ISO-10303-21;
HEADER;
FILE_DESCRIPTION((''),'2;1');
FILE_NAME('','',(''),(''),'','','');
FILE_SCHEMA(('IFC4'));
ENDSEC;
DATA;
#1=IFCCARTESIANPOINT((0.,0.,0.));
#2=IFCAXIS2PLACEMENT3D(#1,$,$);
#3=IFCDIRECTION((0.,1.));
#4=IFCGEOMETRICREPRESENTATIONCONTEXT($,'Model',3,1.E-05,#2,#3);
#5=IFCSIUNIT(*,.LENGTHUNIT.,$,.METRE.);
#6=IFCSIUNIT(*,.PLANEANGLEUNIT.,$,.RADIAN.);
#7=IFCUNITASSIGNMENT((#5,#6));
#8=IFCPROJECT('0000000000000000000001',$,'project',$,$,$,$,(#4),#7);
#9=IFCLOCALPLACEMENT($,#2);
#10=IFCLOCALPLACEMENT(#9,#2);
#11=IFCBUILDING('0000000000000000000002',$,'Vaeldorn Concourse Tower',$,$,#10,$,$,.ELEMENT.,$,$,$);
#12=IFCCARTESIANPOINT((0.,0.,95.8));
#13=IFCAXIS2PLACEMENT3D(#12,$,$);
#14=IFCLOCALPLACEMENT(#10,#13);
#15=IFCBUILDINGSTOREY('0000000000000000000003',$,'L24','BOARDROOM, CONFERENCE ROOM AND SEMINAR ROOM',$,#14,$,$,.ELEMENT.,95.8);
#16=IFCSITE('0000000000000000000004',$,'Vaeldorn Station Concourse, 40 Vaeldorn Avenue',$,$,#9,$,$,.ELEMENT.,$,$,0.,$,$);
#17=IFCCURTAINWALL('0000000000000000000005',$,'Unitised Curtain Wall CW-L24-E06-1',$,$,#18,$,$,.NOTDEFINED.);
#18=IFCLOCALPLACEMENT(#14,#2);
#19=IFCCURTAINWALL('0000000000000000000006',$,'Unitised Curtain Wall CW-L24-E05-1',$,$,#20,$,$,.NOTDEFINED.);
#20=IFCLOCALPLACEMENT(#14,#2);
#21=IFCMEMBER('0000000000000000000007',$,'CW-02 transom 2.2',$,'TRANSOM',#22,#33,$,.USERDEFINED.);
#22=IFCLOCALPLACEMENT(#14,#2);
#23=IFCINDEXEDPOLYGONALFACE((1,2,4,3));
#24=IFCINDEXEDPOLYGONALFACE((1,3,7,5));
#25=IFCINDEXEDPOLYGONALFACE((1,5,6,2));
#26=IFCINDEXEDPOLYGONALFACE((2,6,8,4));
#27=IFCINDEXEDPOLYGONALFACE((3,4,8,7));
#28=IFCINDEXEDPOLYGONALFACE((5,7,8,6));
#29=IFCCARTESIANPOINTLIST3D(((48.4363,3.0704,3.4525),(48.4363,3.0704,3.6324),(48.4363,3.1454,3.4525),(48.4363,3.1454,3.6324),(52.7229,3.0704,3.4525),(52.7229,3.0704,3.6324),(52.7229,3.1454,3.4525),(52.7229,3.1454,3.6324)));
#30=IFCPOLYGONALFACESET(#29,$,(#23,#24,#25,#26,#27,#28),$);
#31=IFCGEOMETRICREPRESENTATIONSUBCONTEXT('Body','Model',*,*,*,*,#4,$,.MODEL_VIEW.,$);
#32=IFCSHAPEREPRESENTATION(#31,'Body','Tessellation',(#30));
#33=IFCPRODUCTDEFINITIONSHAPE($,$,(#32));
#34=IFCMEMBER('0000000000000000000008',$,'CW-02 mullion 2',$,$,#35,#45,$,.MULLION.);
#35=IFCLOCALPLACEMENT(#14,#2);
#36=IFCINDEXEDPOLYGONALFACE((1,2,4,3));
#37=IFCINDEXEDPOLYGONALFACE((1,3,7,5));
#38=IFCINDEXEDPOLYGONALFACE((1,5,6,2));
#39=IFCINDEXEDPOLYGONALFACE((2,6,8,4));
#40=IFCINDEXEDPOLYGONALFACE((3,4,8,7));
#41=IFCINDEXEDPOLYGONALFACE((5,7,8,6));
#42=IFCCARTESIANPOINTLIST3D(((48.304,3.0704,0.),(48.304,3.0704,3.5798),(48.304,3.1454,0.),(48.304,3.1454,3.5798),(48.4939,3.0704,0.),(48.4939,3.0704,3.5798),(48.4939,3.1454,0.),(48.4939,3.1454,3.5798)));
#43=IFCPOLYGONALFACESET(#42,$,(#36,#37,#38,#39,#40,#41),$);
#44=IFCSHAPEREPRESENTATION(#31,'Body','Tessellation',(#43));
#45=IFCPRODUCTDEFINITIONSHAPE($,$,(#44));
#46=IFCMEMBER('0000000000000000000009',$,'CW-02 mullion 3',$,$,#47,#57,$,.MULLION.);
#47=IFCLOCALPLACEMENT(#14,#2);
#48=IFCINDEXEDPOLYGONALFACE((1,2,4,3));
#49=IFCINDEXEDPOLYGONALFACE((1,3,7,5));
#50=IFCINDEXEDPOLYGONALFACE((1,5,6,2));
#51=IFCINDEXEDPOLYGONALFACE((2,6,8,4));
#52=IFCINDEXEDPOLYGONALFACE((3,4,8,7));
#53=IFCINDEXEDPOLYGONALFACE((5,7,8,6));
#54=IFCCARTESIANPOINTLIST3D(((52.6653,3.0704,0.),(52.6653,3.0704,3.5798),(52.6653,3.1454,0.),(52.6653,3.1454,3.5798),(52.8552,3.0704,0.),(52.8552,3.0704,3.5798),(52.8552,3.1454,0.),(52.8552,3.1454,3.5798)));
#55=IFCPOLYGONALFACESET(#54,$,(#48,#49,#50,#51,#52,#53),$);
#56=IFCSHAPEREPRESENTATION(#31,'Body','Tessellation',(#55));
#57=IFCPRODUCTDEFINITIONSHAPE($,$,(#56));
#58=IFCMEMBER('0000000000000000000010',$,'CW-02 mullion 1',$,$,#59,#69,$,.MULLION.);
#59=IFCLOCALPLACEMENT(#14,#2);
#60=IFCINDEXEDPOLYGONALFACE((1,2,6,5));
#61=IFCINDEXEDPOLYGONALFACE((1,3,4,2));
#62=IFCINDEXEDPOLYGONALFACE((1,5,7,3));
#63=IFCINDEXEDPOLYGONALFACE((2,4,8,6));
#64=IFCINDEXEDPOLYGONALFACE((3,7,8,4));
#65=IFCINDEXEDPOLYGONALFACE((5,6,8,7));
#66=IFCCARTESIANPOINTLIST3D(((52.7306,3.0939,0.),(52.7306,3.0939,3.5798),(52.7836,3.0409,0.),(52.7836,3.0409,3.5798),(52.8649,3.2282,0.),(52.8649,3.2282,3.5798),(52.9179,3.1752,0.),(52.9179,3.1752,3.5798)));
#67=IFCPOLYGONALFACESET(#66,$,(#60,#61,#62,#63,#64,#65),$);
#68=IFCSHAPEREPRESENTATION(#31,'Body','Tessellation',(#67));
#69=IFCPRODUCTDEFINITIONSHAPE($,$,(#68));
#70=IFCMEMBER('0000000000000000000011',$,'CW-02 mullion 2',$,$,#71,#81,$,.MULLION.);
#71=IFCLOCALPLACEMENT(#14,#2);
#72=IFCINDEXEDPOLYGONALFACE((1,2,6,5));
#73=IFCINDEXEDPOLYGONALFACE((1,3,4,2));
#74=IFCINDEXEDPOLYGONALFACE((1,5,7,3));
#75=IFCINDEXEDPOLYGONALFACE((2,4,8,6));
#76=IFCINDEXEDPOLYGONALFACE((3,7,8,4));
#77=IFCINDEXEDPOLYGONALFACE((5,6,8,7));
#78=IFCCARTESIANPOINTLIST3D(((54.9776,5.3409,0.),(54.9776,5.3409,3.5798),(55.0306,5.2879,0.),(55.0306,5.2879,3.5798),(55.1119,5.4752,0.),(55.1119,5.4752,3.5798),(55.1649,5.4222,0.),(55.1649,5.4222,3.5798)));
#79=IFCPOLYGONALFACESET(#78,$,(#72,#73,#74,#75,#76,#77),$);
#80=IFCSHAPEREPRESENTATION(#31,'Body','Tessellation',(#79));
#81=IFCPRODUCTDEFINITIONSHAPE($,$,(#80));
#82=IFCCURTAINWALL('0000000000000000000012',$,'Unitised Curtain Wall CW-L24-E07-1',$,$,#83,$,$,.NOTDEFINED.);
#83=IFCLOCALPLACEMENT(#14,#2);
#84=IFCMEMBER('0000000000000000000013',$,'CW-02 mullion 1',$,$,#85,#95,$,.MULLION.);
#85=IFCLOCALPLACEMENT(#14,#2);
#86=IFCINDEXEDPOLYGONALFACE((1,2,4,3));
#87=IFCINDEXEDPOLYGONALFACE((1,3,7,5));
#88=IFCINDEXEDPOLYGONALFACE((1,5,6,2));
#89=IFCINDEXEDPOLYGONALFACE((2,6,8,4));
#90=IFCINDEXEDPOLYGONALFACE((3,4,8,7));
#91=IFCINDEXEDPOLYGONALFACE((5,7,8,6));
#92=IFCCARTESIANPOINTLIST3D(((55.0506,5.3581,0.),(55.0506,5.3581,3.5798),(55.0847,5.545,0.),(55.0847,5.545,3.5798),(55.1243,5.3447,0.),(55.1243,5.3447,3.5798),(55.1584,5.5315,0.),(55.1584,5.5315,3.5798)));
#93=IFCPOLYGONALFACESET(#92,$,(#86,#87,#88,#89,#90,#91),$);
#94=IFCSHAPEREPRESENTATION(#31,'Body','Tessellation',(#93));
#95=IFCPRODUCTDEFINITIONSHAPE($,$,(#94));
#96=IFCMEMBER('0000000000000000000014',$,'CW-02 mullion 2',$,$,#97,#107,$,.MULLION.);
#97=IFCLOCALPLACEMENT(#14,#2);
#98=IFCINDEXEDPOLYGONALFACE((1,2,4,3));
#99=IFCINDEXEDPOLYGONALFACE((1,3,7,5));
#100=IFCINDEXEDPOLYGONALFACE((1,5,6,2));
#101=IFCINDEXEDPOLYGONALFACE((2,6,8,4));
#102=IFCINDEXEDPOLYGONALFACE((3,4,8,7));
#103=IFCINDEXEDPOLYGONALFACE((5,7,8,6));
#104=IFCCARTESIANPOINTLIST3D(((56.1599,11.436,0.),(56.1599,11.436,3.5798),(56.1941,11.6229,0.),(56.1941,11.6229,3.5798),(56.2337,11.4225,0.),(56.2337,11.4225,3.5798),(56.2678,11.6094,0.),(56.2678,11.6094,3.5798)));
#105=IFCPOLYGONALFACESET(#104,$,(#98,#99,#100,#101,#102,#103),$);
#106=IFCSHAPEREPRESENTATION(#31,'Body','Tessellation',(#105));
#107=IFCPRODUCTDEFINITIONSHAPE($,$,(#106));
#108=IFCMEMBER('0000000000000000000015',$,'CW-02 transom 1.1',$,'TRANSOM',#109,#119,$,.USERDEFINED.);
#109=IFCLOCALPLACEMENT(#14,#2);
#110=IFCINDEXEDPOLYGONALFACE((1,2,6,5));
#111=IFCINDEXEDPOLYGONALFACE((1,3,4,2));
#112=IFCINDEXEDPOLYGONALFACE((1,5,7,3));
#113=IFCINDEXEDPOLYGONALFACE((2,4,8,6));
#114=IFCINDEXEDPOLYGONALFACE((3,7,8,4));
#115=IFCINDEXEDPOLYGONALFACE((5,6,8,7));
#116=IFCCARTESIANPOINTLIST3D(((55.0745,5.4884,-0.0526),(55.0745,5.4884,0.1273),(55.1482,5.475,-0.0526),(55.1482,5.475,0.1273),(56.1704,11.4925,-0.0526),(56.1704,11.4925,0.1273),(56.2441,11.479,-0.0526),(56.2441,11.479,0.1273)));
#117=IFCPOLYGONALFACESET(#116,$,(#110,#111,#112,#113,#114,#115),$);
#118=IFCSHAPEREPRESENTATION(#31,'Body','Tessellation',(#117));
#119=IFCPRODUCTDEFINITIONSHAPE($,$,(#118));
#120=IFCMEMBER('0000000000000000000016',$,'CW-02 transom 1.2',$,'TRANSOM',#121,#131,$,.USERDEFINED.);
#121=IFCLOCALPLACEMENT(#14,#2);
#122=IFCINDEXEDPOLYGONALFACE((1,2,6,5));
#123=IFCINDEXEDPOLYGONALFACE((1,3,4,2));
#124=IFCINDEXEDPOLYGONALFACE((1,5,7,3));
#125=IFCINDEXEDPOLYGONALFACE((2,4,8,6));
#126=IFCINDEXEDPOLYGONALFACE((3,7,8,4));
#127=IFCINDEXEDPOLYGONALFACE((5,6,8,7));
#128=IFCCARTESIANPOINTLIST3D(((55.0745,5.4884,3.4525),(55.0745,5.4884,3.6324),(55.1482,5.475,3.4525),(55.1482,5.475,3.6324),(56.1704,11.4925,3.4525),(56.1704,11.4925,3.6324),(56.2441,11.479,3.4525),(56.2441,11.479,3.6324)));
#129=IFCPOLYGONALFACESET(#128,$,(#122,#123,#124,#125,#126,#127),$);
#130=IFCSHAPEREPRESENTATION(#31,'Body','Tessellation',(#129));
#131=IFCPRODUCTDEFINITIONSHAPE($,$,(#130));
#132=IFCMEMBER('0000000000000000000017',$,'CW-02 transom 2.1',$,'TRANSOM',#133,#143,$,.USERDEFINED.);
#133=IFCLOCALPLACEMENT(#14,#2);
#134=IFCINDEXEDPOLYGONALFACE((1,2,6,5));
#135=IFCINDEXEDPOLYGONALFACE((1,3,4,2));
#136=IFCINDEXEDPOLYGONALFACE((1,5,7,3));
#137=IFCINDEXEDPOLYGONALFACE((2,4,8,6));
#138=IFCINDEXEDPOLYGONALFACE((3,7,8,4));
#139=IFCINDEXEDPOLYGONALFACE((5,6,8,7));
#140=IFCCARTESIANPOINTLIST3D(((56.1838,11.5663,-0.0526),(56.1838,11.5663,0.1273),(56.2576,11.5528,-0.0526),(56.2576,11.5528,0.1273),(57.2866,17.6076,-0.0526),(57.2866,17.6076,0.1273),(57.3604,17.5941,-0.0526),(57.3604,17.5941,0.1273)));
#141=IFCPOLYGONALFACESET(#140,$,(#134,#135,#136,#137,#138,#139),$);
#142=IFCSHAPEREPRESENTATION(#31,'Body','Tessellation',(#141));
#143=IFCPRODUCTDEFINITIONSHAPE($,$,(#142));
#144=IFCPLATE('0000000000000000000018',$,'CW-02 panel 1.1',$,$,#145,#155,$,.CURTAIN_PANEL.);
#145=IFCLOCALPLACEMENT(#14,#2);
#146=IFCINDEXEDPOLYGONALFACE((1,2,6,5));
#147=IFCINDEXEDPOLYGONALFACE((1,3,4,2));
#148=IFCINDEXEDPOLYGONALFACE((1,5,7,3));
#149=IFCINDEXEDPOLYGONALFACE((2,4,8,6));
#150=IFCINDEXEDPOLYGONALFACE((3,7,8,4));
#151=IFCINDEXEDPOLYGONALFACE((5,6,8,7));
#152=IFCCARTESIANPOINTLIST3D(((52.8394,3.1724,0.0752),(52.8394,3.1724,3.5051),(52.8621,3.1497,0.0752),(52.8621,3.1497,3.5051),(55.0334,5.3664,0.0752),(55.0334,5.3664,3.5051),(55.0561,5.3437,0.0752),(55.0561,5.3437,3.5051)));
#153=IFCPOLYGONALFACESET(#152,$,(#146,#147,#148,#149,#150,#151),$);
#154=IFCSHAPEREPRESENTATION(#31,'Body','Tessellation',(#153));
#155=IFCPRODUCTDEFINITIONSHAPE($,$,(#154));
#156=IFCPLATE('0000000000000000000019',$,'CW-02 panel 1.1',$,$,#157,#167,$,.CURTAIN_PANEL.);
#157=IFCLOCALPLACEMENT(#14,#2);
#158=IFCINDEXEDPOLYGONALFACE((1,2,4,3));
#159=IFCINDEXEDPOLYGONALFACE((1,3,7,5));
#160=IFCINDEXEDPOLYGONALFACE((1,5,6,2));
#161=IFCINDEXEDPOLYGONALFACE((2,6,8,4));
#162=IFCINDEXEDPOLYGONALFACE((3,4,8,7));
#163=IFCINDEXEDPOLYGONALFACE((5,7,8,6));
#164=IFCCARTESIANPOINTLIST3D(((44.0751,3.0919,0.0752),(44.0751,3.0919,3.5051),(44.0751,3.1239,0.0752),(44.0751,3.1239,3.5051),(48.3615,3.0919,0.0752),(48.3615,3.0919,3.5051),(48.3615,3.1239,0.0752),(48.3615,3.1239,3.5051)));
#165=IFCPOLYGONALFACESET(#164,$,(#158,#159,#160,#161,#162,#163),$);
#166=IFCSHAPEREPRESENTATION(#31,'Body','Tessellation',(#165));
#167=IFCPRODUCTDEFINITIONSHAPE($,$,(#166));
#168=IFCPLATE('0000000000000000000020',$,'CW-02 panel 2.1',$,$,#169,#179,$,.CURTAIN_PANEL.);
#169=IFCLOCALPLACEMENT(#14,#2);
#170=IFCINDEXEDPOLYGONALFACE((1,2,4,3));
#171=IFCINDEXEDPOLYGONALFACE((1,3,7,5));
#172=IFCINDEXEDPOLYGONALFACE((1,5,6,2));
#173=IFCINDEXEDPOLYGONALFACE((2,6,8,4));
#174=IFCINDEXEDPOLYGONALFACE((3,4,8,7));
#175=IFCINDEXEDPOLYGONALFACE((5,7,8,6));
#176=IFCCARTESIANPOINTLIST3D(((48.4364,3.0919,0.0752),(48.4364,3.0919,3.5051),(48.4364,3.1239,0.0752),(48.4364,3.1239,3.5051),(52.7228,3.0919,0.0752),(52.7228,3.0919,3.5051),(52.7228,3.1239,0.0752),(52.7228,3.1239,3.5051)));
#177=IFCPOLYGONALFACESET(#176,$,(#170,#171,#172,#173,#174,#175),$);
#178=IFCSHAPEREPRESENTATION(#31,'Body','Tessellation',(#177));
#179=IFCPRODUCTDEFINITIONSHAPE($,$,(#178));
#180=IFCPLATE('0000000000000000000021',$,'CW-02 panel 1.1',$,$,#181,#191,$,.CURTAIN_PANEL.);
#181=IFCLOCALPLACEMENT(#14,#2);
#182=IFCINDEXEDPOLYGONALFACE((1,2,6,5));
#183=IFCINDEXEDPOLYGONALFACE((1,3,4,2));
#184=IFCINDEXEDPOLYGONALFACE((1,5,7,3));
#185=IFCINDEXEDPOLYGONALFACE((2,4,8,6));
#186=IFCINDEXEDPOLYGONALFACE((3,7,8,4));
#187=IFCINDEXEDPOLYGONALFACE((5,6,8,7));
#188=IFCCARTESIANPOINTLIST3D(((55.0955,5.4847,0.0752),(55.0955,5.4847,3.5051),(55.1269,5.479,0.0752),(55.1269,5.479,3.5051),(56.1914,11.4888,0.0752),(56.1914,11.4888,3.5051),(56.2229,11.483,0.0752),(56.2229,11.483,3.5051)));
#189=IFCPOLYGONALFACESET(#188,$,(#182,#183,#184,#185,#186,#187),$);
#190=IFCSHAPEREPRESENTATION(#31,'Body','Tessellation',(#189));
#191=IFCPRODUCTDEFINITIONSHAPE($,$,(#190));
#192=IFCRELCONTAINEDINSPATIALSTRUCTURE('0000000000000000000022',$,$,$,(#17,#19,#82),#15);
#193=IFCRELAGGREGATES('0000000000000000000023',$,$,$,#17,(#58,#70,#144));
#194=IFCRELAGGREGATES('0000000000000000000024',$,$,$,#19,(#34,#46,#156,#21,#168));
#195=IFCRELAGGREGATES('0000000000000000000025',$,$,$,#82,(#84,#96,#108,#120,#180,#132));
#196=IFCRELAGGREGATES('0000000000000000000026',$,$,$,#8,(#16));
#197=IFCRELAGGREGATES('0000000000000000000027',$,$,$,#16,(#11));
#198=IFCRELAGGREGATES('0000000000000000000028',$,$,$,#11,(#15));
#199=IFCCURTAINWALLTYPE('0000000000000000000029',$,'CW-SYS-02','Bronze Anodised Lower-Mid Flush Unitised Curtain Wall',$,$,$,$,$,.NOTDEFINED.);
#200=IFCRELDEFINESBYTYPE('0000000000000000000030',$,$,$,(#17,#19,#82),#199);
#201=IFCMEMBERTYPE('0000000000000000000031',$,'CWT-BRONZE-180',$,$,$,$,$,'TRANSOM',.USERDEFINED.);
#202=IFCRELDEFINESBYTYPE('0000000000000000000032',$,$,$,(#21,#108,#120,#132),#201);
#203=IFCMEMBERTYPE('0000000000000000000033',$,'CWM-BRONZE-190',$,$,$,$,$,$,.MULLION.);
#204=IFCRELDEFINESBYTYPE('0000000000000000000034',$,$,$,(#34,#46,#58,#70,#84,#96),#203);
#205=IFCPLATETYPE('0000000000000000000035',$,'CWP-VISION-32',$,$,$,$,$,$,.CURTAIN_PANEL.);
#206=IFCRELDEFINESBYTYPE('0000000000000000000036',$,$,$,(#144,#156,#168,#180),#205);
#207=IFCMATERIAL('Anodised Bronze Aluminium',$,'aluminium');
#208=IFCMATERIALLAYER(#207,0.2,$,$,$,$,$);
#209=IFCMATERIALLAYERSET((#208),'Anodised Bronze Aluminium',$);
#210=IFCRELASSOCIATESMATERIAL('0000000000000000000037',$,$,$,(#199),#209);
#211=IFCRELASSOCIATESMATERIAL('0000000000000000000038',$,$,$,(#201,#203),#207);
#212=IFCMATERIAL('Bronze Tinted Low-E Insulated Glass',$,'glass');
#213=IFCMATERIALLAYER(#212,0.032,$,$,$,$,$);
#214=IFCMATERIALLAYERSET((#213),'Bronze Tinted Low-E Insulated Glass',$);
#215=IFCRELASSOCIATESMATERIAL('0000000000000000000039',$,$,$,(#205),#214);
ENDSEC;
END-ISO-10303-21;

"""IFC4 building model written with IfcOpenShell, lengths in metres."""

from ifc_helpers import new_model, si_unit, direction, frame, origin, origin_2d, place, context, subcontext, project, spatial, rectangle, extrude, source, transform, mapped, material, layer, layer_set, material_profile, profile_set, type_object, element, aggregate, save


model = new_model("IFC4")

# Units and contexts
model_context = context("Model", 3, precision=1e-05, world=origin(), true_north=direction((0.0, 1.0)))
body_context = subcontext(model_context, "Body", "Model", "MODEL_VIEW")
ifc_project = project(units=[si_unit("LENGTHUNIT", "METRE"), si_unit("PLANEANGLEUNIT", "RADIAN")], contexts=[model_context])

# Site, building, storey
site_placement = place(None, origin())
site = spatial("IfcSite", under=ifc_project, at=site_placement, Name="Vaeldorn Station Concourse, 40 Vaeldorn Avenue", CompositionType="ELEMENT", RefElevation=0.0)
building_placement = place(site_placement, origin())
building = spatial("IfcBuilding", under=site, at=building_placement, Name="Vaeldorn Concourse Tower", CompositionType="ELEMENT")
storey_placement = place(building_placement, frame((0.0, 0.0, 95.8)))
storey = spatial("IfcBuildingStorey", under=building, at=storey_placement, Name="L24", Description="BOARDROOM, CONFERENCE ROOM AND SEMINAR ROOM", CompositionType="ELEMENT", Elevation=95.8)

# Curtain walls, members
ifc_material_1 = material(Name="Anodised Bronze Aluminium", Category="aluminium")
ifc_layer_1 = layer(ifc_material_1, 0.2)
ifc_layer_set_1 = layer_set([ifc_layer_1], Name="Anodised Bronze Aluminium")
curtain_wall_type = type_object("IfcCurtainWallType", Name="CW-SYS-02", Description="Bronze Anodised Lower-Mid Flush Unitised Curtain Wall", PredefinedType="NOTDEFINED", material=ifc_layer_set_1)
curtain_wall_1_placement = place(storey_placement, origin())
curtain_wall_1 = element("IfcCurtainWall", 1, at=curtain_wall_1_placement, inside=storey, type_object=curtain_wall_type, Name="Unitised Curtain Wall CW-L24-E06-1", PredefinedType="NOTDEFINED")
ifc_material_profile_1 = material_profile(ifc_material_1, rectangle(XDim=0.075, YDim=0.1799, at=origin_2d()), Name="CWT 75x180")
ifc_profile_set_1 = profile_set([ifc_material_profile_1], Name="Anodised Bronze Aluminium")
member_type_1 = type_object("IfcMemberType", Name="CWT-BRONZE-180", ElementType="TRANSOM", PredefinedType="USERDEFINED", material=ifc_profile_set_1)
curtain_wall_2_placement = place(storey_placement, origin())
curtain_wall_2 = element("IfcCurtainWall", 2, at=curtain_wall_2_placement, inside=storey, type_object=curtain_wall_type, Name="Unitised Curtain Wall CW-L24-E05-1", PredefinedType="NOTDEFINED")
shared_shape_1 = source(origin(), body_context, "Body", "SweptSolid", [
    extrude(rectangle(XDim=0.075, YDim=0.1799, at=origin_2d()), origin(), (0.0, 0.0, 1.0), 4.2866),
])
member_1_placement = place(storey_placement, frame((48.4363, 3.1079, 3.5425), z_axis=(1.0, 0.0, 0.0), x_axis=(0.0, 1.0, 0.0)))
member_1 = element("IfcMember", 3, at=member_1_placement, type_object=member_type_1, Name="CW-02 transom 2.2", ObjectType="TRANSOM", PredefinedType="USERDEFINED", context=body_context, shape_type="MappedRepresentation", body=[
    mapped(shared_shape_1, transform((0.0, 0.0, 0.0), scale=1.0)),
])
ifc_material_profile_2 = material_profile(ifc_material_1, rectangle(XDim=0.075, YDim=0.1899, at=origin_2d()), Name="CWM 75x190")
ifc_profile_set_2 = profile_set([ifc_material_profile_2], Name="Anodised Bronze Aluminium")
member_type_2 = type_object("IfcMemberType", Name="CWM-BRONZE-190", PredefinedType="MULLION", material=ifc_profile_set_2)
shared_shape_2 = source(origin(), body_context, "Body", "SweptSolid", [
    extrude(rectangle(XDim=0.075, YDim=0.1899, at=origin_2d()), origin(), (0.0, 0.0, 1.0), 3.5798),
])
member_2_placement = place(storey_placement, frame((48.3989, 3.1079, 0.0), z_axis=(0.0, 0.0, 1.0), x_axis=(0.0, 1.0, 0.0)))
member_2 = element("IfcMember", 4, at=member_2_placement, type_object=member_type_2, Name="CW-02 mullion 2", PredefinedType="MULLION", context=body_context, shape_type="MappedRepresentation", body=[
    mapped(shared_shape_2, transform((0.0, 0.0, 0.0), scale=1.0)),
])
member_3_placement = place(storey_placement, frame((52.7603, 3.1079, 0.0), z_axis=(0.0, 0.0, 1.0), x_axis=(0.0, 1.0, 0.0)))
member_3 = element("IfcMember", 5, at=member_3_placement, type_object=member_type_2, Name="CW-02 mullion 3", PredefinedType="MULLION", context=body_context, shape_type="MappedRepresentation", body=[
    mapped(shared_shape_2, transform((0.0, 0.0, 0.0), scale=1.0)),
])

# Members
member_4_placement = place(storey_placement, frame((52.8242, 3.1345, 0.0), z_axis=(0.0, 0.0, 1.0), x_axis=(-0.707107, 0.707107, 0.0)))
member_4 = element("IfcMember", 6, at=member_4_placement, type_object=member_type_2, Name="CW-02 mullion 1", PredefinedType="MULLION", context=body_context, shape_type="MappedRepresentation", body=[
    mapped(shared_shape_2, transform((0.0, 0.0, 0.0), scale=1.0)),
])
member_5_placement = place(storey_placement, frame((55.0713, 5.3816, 0.0), z_axis=(0.0, 0.0, 1.0), x_axis=(-0.707107, 0.707107, 0.0)))
member_5 = element("IfcMember", 7, at=member_5_placement, type_object=member_type_2, Name="CW-02 mullion 2", PredefinedType="MULLION", context=body_context, shape_type="MappedRepresentation", body=[
    mapped(shared_shape_2, transform((0.0, 0.0, 0.0), scale=1.0)),
])

# Curtain wall, members
curtain_wall_3_placement = place(storey_placement, origin())
curtain_wall_3 = element("IfcCurtainWall", 8, at=curtain_wall_3_placement, inside=storey, type_object=curtain_wall_type, Name="Unitised Curtain Wall CW-L24-E07-1", PredefinedType="NOTDEFINED")
member_6_placement = place(storey_placement, frame((55.1045, 5.4448, 0.0), z_axis=(0.0, 0.0, 1.0), x_axis=(-0.983746, 0.179567, 0.0)))
member_6 = element("IfcMember", 9, at=member_6_placement, type_object=member_type_2, Name="CW-02 mullion 1", PredefinedType="MULLION", context=body_context, shape_type="MappedRepresentation", body=[
    mapped(shared_shape_2, transform((0.0, 0.0, 0.0), scale=1.0)),
])
member_7_placement = place(storey_placement, frame((56.2139, 11.5227, 0.0), z_axis=(0.0, 0.0, 1.0), x_axis=(-0.983746, 0.179567, 0.0)))
member_7 = element("IfcMember", 10, at=member_7_placement, type_object=member_type_2, Name="CW-02 mullion 2", PredefinedType="MULLION", context=body_context, shape_type="MappedRepresentation", body=[
    mapped(shared_shape_2, transform((0.0, 0.0, 0.0), scale=1.0)),
])
shared_shape_3 = source(origin(), body_context, "Body", "SweptSolid", [
    extrude(rectangle(XDim=0.075, YDim=0.1799, at=origin_2d()), origin(), (0.0, 0.0, 1.0), 6.1033),
])
member_8_placement = place(storey_placement, frame((55.1113, 5.4817, 0.0374), z_axis=(0.179565, 0.983746, 0.0), x_axis=(-0.983746, 0.179565, 0.0)))
member_8 = element("IfcMember", 11, at=member_8_placement, type_object=member_type_1, Name="CW-02 transom 1.1", ObjectType="TRANSOM", PredefinedType="USERDEFINED", context=body_context, shape_type="MappedRepresentation", body=[
    mapped(shared_shape_3, transform((0.0, 0.0, 0.0), scale=1.0)),
])
member_9_placement = place(storey_placement, frame((55.1113, 5.4817, 3.5425), z_axis=(0.179565, 0.983746, 0.0), x_axis=(-0.983746, 0.179565, 0.0)))
member_9 = element("IfcMember", 12, at=member_9_placement, type_object=member_type_1, Name="CW-02 transom 1.2", ObjectType="TRANSOM", PredefinedType="USERDEFINED", context=body_context, shape_type="MappedRepresentation", body=[
    mapped(shared_shape_3, transform((0.0, 0.0, 0.0), scale=1.0)),
])
shared_shape_4 = source(origin(), body_context, "Body", "SweptSolid", [
    extrude(rectangle(XDim=0.075, YDim=0.1799, at=origin_2d()), origin(), (0.0, 0.0, 1.0), 6.1411),
])
member_10_placement = place(storey_placement, frame((56.2207, 11.5596, 0.0374), z_axis=(0.179575, 0.983744, 0.0), x_axis=(-0.983744, 0.179575, 0.0)))
member_10 = element("IfcMember", 13, at=member_10_placement, type_object=member_type_1, Name="CW-02 transom 2.1", ObjectType="TRANSOM", PredefinedType="USERDEFINED", context=body_context, shape_type="MappedRepresentation", body=[
    mapped(shared_shape_4, transform((0.0, 0.0, 0.0), scale=1.0)),
])

# Plates
ifc_material_2 = material(Name="Bronze Tinted Low-E Insulated Glass", Category="glass")
ifc_layer_2 = layer(ifc_material_2, 0.032)
ifc_layer_set_2 = layer_set([ifc_layer_2], Name="Bronze Tinted Low-E Insulated Glass")
plate_type = type_object("IfcPlateType", Name="CWP-VISION-32", PredefinedType="CURTAIN_PANEL", material=ifc_layer_set_2)
shared_shape_5 = source(origin(), body_context, "Body", "SweptSolid", [
    extrude(rectangle(XDim=3.1028, YDim=0.032, at=origin_2d()), origin(), (0.0, 0.0, 1.0), 3.4299),
])
plate_1_placement = place(storey_placement, frame((53.9478, 4.2581, 0.0752), z_axis=(0.0, 0.0, 1.0), x_axis=(0.707107, 0.707107, 0.0)))
plate_1 = element("IfcPlate", 14, at=plate_1_placement, type_object=plate_type, Name="CW-02 panel 1.1", PredefinedType="CURTAIN_PANEL", context=body_context, shape_type="MappedRepresentation", body=[
    mapped(shared_shape_5, transform((0.0, 0.0, 0.0), scale=1.0)),
])
aggregate(curtain_wall_1, [member_4, member_5, plate_1])
shared_shape_6 = source(origin(), body_context, "Body", "SweptSolid", [
    extrude(rectangle(XDim=4.2864, YDim=0.032, at=origin_2d()), origin(), (0.0, 0.0, 1.0), 3.4299),
])
plate_2_placement = place(storey_placement, frame((46.2183, 3.1079, 0.0752), z_axis=(0.0, 0.0, 1.0), x_axis=(1.0, 0.0, 0.0)))
plate_2 = element("IfcPlate", 15, at=plate_2_placement, type_object=plate_type, Name="CW-02 panel 1.1", PredefinedType="CURTAIN_PANEL", context=body_context, shape_type="MappedRepresentation", body=[
    mapped(shared_shape_6, transform((0.0, 0.0, 0.0), scale=1.0)),
])
plate_3_placement = place(storey_placement, frame((50.5796, 3.1079, 0.0752), z_axis=(0.0, 0.0, 1.0), x_axis=(1.0, 0.0, 0.0)))
plate_3 = element("IfcPlate", 16, at=plate_3_placement, type_object=plate_type, Name="CW-02 panel 2.1", PredefinedType="CURTAIN_PANEL", context=body_context, shape_type="MappedRepresentation", body=[
    mapped(shared_shape_6, transform((0.0, 0.0, 0.0), scale=1.0)),
])
aggregate(curtain_wall_2, [member_2, member_3, plate_2, member_1, plate_3])
shared_shape_7 = source(origin(), body_context, "Body", "SweptSolid", [
    extrude(rectangle(XDim=6.1033, YDim=0.032, at=origin_2d()), origin(), (0.0, 0.0, 1.0), 3.4299),
])
plate_4_placement = place(storey_placement, frame((55.6592, 8.4839, 0.0752), z_axis=(0.0, 0.0, 1.0), x_axis=(0.179567, 0.983746, 0.0)))
plate_4 = element("IfcPlate", 17, at=plate_4_placement, type_object=plate_type, Name="CW-02 panel 1.1", PredefinedType="CURTAIN_PANEL", context=body_context, shape_type="MappedRepresentation", body=[
    mapped(shared_shape_7, transform((0.0, 0.0, 0.0), scale=1.0)),
])
aggregate(curtain_wall_3, [member_6, member_7, member_8, member_9, plate_4, member_10])

save(model, "model.ifc")
